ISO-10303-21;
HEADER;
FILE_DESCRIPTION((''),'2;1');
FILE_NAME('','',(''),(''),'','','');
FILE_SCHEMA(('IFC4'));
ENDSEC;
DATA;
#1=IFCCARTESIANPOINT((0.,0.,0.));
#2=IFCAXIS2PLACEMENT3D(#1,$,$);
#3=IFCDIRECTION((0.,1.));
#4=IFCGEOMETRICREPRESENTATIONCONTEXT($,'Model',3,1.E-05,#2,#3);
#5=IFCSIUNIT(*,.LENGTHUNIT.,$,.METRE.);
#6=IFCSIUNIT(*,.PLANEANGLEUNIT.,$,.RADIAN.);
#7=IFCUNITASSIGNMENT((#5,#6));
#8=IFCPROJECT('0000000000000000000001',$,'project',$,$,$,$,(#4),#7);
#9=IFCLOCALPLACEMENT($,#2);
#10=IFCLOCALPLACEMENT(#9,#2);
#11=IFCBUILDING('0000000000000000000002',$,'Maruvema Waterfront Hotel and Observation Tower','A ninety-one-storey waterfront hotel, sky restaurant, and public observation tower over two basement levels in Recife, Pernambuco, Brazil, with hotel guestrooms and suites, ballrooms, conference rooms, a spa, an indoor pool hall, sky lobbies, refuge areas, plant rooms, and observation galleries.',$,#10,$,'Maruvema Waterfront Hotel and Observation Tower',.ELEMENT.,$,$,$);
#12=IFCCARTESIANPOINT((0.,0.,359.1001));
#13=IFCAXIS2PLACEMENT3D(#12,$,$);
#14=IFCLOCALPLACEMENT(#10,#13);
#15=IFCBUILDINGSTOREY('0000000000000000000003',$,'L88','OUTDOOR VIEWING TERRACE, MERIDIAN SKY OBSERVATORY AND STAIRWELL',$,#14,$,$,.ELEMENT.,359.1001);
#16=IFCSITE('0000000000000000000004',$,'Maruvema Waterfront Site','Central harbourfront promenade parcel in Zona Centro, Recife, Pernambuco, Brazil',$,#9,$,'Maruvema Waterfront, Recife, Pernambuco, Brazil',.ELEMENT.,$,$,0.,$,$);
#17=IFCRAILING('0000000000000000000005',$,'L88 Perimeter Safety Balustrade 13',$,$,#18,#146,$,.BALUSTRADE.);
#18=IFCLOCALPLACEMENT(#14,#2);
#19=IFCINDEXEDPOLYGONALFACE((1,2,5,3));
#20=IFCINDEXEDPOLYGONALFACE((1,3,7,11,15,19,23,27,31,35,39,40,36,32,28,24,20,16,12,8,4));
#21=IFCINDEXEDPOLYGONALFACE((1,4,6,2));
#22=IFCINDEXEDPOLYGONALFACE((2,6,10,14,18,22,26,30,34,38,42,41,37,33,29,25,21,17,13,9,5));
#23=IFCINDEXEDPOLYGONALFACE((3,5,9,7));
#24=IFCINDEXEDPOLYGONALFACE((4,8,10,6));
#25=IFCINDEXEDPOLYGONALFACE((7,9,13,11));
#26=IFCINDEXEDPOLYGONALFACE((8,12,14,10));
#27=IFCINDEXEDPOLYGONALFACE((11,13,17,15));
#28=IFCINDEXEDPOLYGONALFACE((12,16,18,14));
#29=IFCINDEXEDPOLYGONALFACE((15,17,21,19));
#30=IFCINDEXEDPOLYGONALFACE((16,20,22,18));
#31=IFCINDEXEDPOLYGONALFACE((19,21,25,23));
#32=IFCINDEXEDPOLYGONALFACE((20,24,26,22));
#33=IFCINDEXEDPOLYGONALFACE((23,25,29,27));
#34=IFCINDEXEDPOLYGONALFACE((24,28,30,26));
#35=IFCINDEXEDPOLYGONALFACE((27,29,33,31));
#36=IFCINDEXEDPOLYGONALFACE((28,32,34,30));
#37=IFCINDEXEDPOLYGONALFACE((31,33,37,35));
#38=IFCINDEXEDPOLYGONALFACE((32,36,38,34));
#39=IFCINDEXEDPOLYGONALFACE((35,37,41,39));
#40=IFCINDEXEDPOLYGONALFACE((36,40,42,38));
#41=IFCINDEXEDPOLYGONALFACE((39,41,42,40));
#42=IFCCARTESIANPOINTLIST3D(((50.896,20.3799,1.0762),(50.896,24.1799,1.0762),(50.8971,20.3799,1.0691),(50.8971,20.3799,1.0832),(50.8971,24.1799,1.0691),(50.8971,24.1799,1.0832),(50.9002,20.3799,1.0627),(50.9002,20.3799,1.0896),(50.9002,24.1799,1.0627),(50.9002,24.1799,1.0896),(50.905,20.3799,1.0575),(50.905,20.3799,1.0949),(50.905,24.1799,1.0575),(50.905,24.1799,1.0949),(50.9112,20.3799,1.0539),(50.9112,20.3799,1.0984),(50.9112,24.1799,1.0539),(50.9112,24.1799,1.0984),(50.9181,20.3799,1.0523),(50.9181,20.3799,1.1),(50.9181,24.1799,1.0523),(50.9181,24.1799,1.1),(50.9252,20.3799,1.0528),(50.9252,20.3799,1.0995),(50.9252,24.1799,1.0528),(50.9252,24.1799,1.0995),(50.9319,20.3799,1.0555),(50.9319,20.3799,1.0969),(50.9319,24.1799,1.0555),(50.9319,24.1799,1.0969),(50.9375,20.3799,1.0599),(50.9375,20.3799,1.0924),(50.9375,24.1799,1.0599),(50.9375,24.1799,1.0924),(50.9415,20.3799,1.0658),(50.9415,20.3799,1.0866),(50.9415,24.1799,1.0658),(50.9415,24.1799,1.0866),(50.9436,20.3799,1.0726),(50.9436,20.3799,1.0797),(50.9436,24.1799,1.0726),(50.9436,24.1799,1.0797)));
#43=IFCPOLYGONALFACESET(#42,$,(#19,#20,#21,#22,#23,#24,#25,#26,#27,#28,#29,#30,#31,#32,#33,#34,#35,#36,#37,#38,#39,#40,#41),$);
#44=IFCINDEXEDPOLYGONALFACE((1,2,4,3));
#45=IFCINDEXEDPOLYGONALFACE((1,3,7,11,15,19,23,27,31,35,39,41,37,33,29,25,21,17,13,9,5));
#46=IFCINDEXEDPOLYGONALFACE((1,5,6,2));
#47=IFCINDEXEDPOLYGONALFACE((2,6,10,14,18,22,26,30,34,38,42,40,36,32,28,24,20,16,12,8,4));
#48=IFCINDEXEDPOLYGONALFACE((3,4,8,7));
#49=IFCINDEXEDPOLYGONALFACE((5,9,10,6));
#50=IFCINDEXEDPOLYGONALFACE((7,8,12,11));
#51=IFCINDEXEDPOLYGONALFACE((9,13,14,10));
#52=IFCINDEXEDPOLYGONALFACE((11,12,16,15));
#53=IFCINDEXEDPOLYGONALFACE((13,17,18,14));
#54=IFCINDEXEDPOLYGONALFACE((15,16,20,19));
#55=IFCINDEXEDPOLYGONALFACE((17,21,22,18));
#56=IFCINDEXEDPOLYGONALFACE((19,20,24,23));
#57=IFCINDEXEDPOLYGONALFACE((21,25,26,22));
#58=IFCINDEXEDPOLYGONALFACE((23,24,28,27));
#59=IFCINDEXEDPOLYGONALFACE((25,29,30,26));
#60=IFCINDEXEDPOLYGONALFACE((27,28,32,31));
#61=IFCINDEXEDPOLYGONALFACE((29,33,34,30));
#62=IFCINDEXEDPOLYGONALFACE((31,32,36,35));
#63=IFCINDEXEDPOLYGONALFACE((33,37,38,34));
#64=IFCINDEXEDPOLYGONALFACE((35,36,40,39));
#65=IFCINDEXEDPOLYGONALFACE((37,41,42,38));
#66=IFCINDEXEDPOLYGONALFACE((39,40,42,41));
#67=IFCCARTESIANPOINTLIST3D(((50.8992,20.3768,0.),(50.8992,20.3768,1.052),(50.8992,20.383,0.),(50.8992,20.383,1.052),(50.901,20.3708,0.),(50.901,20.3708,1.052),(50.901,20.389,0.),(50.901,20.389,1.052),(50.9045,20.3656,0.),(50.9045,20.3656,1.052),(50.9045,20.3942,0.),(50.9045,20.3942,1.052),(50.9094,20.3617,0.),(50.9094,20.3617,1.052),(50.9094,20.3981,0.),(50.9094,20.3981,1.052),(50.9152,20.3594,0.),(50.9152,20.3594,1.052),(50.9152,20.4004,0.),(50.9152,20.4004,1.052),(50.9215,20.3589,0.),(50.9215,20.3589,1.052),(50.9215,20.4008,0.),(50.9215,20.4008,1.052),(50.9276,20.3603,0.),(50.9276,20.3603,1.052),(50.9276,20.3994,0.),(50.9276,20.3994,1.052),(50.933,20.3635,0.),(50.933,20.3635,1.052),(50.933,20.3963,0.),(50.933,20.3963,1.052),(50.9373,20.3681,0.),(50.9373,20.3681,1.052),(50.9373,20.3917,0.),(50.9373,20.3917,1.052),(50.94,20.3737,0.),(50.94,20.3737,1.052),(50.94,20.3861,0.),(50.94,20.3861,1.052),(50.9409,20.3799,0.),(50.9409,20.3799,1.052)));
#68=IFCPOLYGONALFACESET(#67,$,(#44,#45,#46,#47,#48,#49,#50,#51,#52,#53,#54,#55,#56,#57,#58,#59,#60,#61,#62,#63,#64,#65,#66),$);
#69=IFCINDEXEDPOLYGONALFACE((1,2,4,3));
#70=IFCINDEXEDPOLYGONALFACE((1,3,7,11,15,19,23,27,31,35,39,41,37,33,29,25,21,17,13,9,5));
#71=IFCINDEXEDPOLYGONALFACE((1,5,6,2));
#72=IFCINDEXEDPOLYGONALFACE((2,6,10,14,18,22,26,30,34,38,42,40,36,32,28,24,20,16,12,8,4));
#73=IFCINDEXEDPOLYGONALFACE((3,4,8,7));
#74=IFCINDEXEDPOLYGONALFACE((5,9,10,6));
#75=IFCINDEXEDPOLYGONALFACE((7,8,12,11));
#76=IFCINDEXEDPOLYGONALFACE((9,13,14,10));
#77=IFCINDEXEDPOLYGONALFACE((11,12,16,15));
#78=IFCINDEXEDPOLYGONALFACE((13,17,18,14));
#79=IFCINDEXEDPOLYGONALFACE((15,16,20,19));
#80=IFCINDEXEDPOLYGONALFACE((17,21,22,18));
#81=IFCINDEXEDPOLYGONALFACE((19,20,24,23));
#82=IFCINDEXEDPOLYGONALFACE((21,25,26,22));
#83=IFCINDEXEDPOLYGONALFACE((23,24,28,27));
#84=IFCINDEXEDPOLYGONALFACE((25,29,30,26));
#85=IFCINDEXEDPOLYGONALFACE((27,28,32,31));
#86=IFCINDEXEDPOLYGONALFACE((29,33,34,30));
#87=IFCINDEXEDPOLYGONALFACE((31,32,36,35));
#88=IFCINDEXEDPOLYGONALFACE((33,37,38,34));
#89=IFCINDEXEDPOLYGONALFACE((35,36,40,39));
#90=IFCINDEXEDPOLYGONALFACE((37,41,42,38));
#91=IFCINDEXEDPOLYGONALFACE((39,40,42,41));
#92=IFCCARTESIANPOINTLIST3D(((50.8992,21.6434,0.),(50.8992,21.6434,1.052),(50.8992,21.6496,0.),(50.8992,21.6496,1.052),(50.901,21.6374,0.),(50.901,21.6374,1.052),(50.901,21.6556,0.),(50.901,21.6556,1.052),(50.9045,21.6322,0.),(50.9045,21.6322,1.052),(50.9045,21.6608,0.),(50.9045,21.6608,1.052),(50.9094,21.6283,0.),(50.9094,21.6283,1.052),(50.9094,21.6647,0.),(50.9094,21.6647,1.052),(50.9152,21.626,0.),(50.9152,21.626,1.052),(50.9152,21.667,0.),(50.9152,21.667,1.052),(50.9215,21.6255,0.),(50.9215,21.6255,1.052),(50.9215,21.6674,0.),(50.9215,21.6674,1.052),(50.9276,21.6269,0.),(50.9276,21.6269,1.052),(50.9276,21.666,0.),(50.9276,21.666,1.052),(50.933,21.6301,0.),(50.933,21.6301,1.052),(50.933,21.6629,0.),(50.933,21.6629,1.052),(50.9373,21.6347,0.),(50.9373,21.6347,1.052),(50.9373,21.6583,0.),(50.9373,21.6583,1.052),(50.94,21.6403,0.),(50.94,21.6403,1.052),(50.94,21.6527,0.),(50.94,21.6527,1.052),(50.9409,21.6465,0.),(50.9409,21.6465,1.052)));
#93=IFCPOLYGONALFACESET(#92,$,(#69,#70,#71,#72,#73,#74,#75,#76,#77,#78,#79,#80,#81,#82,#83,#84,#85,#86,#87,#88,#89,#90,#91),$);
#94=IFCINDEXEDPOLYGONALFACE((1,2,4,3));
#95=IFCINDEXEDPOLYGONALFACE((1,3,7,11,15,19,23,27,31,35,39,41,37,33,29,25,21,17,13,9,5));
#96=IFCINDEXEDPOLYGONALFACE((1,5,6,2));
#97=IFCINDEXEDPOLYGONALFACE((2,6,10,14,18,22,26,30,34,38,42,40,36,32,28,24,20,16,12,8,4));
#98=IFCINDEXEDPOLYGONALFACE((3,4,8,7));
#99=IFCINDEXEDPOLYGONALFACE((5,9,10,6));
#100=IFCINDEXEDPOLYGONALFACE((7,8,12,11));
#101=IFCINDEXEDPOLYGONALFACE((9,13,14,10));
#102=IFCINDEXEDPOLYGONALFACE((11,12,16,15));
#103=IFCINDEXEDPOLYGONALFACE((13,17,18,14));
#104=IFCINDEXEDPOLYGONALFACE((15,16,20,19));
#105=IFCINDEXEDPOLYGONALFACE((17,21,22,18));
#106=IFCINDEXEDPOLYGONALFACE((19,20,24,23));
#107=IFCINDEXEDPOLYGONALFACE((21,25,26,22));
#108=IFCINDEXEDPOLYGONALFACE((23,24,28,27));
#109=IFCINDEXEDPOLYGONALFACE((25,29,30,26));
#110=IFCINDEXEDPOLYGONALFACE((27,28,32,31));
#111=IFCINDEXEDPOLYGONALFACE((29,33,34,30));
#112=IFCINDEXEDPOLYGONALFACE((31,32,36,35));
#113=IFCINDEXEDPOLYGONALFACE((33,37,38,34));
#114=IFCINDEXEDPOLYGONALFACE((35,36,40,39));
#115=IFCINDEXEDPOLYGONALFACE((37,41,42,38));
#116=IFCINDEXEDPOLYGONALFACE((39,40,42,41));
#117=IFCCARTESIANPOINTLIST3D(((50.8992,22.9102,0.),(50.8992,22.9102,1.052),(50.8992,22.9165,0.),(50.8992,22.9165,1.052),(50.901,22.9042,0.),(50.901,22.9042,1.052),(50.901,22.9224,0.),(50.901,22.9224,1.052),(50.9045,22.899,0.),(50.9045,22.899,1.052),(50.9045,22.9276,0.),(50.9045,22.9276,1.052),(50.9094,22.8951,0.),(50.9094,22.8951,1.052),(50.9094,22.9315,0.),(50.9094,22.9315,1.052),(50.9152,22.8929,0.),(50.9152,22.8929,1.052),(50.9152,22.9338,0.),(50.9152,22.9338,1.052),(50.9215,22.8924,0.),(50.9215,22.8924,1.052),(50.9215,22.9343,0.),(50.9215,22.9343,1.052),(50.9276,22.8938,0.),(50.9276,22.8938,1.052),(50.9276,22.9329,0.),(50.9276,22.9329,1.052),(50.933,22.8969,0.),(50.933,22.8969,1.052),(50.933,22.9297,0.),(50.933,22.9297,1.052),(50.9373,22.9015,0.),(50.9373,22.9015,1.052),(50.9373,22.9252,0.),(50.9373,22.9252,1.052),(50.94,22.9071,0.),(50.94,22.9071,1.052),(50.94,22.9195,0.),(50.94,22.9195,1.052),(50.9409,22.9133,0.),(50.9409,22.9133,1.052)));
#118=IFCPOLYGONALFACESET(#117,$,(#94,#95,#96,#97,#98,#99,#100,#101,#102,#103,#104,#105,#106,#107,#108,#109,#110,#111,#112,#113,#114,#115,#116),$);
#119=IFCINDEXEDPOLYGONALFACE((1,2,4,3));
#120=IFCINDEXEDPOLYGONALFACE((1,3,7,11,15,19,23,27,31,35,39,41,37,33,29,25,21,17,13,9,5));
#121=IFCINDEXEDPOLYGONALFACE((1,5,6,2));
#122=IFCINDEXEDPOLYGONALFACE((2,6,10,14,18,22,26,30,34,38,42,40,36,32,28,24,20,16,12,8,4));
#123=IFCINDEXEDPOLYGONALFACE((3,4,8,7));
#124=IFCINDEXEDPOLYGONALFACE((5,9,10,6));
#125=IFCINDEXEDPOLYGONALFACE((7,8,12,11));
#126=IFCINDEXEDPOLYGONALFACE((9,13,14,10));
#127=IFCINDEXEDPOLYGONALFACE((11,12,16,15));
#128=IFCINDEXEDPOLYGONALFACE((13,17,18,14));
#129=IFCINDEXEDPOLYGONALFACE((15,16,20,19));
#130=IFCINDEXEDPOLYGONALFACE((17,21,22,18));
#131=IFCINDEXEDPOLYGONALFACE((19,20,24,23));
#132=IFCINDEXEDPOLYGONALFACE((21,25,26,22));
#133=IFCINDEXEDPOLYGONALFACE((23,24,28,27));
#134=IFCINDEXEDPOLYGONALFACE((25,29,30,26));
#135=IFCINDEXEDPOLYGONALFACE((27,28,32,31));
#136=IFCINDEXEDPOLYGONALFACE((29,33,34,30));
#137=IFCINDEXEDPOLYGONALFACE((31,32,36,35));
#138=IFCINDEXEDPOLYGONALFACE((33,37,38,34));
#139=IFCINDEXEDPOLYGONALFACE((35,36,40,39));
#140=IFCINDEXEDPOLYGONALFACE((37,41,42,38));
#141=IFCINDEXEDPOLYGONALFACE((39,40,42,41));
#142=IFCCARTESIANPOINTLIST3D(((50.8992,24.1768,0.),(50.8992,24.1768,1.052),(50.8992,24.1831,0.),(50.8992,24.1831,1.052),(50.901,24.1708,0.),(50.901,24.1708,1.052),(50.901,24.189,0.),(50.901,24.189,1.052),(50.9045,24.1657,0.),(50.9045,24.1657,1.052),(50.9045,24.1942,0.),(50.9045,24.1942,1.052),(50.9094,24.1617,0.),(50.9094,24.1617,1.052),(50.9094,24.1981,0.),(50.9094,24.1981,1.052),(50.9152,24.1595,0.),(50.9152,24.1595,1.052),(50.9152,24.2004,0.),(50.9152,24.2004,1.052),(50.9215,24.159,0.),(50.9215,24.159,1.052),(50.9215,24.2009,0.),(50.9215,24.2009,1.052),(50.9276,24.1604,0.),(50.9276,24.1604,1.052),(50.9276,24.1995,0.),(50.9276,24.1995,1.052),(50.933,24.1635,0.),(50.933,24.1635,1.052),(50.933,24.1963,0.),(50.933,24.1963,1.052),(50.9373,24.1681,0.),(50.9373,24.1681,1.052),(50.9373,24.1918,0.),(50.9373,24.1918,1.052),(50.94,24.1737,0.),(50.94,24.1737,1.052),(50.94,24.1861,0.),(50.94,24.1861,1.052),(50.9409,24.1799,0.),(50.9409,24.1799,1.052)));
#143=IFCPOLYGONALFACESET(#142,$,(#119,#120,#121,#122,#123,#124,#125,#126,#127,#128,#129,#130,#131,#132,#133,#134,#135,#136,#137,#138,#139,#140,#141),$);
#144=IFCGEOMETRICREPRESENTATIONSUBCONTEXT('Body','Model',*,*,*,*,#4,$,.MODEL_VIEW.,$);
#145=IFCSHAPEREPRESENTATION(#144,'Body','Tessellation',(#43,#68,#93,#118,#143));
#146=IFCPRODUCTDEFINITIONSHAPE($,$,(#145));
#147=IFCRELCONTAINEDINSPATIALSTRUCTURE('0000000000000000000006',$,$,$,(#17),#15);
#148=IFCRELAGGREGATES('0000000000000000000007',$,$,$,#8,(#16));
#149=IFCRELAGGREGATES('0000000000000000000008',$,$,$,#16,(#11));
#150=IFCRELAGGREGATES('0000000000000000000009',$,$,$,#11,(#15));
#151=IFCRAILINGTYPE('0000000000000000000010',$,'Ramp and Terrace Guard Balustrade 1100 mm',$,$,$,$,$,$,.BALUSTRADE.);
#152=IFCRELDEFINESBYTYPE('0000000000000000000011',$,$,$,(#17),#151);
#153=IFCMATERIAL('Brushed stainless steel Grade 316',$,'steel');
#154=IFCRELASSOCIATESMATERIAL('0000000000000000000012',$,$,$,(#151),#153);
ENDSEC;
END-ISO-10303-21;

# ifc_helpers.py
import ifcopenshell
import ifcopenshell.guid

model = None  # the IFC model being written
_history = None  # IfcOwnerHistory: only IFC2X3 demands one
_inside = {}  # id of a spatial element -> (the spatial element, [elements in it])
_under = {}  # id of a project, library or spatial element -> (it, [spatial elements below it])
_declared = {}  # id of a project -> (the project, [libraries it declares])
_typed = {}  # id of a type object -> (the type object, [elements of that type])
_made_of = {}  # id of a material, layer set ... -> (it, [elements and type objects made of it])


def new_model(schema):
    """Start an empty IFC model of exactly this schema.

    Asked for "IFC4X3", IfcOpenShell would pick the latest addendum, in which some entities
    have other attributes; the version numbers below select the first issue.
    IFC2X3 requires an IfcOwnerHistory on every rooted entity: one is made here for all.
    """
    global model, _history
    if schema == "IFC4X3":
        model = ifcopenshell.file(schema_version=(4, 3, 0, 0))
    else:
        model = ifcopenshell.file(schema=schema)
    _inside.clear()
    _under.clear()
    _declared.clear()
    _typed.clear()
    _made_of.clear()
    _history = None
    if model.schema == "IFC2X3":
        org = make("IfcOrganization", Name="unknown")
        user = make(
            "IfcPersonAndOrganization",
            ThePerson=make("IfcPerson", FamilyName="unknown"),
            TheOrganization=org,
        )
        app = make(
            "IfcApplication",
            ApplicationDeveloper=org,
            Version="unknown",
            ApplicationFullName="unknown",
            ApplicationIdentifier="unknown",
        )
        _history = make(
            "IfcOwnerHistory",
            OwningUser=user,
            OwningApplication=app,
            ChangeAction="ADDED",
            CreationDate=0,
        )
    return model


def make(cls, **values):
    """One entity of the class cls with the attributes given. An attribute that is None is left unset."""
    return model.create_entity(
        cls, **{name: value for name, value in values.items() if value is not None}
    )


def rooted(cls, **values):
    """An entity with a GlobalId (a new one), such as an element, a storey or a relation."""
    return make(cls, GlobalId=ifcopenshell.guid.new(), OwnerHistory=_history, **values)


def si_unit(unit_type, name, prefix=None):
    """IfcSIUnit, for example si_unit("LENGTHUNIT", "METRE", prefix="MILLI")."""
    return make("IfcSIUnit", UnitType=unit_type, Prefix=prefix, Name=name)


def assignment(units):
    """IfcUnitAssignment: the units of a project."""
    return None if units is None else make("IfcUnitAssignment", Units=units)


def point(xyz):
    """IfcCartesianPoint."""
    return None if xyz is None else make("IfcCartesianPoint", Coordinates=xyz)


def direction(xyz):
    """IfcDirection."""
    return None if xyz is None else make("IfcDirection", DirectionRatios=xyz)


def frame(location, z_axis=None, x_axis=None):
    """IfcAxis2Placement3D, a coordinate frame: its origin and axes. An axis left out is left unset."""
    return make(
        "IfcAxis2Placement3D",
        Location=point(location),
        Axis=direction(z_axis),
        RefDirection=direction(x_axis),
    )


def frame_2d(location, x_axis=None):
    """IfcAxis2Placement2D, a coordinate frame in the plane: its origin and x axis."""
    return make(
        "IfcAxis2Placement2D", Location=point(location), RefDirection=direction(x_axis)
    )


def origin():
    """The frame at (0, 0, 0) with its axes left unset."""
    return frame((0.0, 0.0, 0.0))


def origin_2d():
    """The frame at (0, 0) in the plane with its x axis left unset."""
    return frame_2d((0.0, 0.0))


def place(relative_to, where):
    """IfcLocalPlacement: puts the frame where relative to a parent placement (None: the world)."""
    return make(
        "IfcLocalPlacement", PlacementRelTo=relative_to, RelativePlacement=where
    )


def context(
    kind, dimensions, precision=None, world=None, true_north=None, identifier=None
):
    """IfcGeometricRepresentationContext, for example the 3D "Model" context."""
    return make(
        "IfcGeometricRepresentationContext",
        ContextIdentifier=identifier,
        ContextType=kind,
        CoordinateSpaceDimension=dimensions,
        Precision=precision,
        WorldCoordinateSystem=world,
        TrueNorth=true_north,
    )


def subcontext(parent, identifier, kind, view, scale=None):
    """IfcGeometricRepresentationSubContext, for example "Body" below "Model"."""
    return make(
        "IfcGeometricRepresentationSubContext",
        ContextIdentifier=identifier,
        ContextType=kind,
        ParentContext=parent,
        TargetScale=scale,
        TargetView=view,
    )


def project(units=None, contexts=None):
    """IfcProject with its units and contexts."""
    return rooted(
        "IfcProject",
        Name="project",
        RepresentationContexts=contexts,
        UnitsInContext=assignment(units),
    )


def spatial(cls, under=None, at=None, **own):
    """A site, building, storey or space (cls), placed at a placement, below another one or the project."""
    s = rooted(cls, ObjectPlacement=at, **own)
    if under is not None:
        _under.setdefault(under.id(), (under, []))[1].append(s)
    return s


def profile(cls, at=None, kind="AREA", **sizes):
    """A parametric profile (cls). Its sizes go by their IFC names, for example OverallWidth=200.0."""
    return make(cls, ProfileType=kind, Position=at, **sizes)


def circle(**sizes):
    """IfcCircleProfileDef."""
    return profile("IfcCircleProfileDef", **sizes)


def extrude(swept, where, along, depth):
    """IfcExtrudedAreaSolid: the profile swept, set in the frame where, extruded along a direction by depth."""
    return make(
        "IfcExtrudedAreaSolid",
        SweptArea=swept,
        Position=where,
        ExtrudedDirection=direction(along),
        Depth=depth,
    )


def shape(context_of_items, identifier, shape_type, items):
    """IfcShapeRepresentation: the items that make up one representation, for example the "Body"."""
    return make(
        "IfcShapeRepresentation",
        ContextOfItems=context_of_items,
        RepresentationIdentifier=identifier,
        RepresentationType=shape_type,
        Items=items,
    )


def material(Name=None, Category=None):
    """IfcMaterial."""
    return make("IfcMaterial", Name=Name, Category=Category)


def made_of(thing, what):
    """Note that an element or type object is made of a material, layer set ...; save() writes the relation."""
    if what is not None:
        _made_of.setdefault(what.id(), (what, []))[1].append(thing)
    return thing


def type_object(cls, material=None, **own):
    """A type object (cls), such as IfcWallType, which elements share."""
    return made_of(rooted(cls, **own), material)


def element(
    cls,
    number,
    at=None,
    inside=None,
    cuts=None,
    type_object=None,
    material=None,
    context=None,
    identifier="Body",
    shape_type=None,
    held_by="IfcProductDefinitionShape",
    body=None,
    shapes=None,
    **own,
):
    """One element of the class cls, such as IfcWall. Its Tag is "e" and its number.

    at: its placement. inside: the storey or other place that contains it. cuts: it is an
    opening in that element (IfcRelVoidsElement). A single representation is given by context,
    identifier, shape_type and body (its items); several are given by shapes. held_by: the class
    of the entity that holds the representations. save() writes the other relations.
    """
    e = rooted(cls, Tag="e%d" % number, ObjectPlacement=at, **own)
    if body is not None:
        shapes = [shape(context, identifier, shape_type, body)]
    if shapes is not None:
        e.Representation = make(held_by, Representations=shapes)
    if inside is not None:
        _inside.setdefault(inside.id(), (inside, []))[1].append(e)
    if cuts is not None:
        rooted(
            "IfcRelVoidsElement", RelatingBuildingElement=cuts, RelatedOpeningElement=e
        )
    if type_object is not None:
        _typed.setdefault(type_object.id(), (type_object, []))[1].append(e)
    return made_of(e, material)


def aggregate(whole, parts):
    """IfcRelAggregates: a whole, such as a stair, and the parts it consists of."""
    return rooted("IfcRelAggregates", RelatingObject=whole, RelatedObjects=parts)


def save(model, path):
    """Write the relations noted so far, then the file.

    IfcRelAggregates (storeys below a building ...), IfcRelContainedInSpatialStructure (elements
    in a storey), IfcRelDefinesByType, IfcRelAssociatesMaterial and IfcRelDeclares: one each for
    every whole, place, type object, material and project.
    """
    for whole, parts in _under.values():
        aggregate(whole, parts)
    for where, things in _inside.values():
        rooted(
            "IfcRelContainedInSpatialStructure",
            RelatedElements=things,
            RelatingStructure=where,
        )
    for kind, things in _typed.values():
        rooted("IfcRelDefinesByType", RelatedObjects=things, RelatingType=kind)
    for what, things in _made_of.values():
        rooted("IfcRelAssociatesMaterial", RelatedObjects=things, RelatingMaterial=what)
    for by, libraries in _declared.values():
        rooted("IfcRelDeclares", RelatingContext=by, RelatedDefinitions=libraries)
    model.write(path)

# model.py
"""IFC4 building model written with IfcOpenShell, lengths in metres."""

from ifc_helpers import new_model, si_unit, direction, frame, origin, origin_2d, place, context, subcontext, project, spatial, circle, extrude, material, type_object, element, save


model = new_model("IFC4")

# Units and contexts
model_context = context("Model", 3, precision=1e-05, world=origin(), true_north=direction((0.0, 1.0)))
body_context = subcontext(model_context, "Body", "Model", "MODEL_VIEW")
ifc_project = project(units=[si_unit("LENGTHUNIT", "METRE"), si_unit("PLANEANGLEUNIT", "RADIAN")], contexts=[model_context])

# Site, building, storey
site_placement = place(None, origin())
site = spatial("IfcSite", under=ifc_project, at=site_placement, Name="Maruvema Waterfront Site", Description="Central harbourfront promenade parcel in Zona Centro, Recife, Pernambuco, Brazil", LongName="Maruvema Waterfront, Recife, Pernambuco, Brazil", CompositionType="ELEMENT", RefElevation=0.0)
building_placement = place(site_placement, origin())
building = spatial("IfcBuilding", under=site, at=building_placement, Name="Maruvema Waterfront Hotel and Observation Tower", Description="A ninety-one-storey waterfront hotel, sky restaurant, and public observation tower over two basement levels in Recife, Pernambuco, Brazil, with hotel guestrooms and suites, ballrooms, conference rooms, a spa, an indoor pool hall, sky lobbies, refuge areas, plant rooms, and observation galleries.", LongName="Maruvema Waterfront Hotel and Observation Tower", CompositionType="ELEMENT")
storey_placement = place(building_placement, frame((0.0, 0.0, 359.1001)))
storey = spatial("IfcBuildingStorey", under=building, at=storey_placement, Name="L88", Description="OUTDOOR VIEWING TERRACE, MERIDIAN SKY OBSERVATORY AND STAIRWELL", CompositionType="ELEMENT", Elevation=359.1001)

# Railing
ifc_material_1 = material(Name="Brushed stainless steel Grade 316", Category="steel")
railing_type = type_object("IfcRailingType", Name="Ramp and Terrace Guard Balustrade 1100 mm", PredefinedType="BALUSTRADE", material=ifc_material_1)
railing_1_placement = place(storey_placement, frame((50.9199, 20.3799, 0.0)))
element("IfcRailing", 1, at=railing_1_placement, inside=storey, type_object=railing_type, Name="L88 Perimeter Safety Balustrade 13", PredefinedType="BALUSTRADE", context=body_context, shape_type="SweptSolid", body=[
    extrude(circle(Radius=0.0239, at=origin_2d()), frame((0.0, 0.0, 1.0762), z_axis=(0.0, 1.0, 0.0), x_axis=(-1.0, 0.0, 0.0)), (0.0, 0.0, 1.0), 3.8),
    extrude(circle(Radius=0.021, at=origin_2d()), origin(), (0.0, 0.0, 1.0), 1.052),
    extrude(circle(Radius=0.021, at=origin_2d()), frame((0.0, 1.2666, 0.0)), (0.0, 0.0, 1.0), 1.052),
    extrude(circle(Radius=0.021, at=origin_2d()), frame((0.0, 2.5334, 0.0)), (0.0, 0.0, 1.0), 1.052),
    extrude(circle(Radius=0.021, at=origin_2d()), frame((0.0, 3.8, 0.0)), (0.0, 0.0, 1.0), 1.052),
])

save(model, "model.ifc")
